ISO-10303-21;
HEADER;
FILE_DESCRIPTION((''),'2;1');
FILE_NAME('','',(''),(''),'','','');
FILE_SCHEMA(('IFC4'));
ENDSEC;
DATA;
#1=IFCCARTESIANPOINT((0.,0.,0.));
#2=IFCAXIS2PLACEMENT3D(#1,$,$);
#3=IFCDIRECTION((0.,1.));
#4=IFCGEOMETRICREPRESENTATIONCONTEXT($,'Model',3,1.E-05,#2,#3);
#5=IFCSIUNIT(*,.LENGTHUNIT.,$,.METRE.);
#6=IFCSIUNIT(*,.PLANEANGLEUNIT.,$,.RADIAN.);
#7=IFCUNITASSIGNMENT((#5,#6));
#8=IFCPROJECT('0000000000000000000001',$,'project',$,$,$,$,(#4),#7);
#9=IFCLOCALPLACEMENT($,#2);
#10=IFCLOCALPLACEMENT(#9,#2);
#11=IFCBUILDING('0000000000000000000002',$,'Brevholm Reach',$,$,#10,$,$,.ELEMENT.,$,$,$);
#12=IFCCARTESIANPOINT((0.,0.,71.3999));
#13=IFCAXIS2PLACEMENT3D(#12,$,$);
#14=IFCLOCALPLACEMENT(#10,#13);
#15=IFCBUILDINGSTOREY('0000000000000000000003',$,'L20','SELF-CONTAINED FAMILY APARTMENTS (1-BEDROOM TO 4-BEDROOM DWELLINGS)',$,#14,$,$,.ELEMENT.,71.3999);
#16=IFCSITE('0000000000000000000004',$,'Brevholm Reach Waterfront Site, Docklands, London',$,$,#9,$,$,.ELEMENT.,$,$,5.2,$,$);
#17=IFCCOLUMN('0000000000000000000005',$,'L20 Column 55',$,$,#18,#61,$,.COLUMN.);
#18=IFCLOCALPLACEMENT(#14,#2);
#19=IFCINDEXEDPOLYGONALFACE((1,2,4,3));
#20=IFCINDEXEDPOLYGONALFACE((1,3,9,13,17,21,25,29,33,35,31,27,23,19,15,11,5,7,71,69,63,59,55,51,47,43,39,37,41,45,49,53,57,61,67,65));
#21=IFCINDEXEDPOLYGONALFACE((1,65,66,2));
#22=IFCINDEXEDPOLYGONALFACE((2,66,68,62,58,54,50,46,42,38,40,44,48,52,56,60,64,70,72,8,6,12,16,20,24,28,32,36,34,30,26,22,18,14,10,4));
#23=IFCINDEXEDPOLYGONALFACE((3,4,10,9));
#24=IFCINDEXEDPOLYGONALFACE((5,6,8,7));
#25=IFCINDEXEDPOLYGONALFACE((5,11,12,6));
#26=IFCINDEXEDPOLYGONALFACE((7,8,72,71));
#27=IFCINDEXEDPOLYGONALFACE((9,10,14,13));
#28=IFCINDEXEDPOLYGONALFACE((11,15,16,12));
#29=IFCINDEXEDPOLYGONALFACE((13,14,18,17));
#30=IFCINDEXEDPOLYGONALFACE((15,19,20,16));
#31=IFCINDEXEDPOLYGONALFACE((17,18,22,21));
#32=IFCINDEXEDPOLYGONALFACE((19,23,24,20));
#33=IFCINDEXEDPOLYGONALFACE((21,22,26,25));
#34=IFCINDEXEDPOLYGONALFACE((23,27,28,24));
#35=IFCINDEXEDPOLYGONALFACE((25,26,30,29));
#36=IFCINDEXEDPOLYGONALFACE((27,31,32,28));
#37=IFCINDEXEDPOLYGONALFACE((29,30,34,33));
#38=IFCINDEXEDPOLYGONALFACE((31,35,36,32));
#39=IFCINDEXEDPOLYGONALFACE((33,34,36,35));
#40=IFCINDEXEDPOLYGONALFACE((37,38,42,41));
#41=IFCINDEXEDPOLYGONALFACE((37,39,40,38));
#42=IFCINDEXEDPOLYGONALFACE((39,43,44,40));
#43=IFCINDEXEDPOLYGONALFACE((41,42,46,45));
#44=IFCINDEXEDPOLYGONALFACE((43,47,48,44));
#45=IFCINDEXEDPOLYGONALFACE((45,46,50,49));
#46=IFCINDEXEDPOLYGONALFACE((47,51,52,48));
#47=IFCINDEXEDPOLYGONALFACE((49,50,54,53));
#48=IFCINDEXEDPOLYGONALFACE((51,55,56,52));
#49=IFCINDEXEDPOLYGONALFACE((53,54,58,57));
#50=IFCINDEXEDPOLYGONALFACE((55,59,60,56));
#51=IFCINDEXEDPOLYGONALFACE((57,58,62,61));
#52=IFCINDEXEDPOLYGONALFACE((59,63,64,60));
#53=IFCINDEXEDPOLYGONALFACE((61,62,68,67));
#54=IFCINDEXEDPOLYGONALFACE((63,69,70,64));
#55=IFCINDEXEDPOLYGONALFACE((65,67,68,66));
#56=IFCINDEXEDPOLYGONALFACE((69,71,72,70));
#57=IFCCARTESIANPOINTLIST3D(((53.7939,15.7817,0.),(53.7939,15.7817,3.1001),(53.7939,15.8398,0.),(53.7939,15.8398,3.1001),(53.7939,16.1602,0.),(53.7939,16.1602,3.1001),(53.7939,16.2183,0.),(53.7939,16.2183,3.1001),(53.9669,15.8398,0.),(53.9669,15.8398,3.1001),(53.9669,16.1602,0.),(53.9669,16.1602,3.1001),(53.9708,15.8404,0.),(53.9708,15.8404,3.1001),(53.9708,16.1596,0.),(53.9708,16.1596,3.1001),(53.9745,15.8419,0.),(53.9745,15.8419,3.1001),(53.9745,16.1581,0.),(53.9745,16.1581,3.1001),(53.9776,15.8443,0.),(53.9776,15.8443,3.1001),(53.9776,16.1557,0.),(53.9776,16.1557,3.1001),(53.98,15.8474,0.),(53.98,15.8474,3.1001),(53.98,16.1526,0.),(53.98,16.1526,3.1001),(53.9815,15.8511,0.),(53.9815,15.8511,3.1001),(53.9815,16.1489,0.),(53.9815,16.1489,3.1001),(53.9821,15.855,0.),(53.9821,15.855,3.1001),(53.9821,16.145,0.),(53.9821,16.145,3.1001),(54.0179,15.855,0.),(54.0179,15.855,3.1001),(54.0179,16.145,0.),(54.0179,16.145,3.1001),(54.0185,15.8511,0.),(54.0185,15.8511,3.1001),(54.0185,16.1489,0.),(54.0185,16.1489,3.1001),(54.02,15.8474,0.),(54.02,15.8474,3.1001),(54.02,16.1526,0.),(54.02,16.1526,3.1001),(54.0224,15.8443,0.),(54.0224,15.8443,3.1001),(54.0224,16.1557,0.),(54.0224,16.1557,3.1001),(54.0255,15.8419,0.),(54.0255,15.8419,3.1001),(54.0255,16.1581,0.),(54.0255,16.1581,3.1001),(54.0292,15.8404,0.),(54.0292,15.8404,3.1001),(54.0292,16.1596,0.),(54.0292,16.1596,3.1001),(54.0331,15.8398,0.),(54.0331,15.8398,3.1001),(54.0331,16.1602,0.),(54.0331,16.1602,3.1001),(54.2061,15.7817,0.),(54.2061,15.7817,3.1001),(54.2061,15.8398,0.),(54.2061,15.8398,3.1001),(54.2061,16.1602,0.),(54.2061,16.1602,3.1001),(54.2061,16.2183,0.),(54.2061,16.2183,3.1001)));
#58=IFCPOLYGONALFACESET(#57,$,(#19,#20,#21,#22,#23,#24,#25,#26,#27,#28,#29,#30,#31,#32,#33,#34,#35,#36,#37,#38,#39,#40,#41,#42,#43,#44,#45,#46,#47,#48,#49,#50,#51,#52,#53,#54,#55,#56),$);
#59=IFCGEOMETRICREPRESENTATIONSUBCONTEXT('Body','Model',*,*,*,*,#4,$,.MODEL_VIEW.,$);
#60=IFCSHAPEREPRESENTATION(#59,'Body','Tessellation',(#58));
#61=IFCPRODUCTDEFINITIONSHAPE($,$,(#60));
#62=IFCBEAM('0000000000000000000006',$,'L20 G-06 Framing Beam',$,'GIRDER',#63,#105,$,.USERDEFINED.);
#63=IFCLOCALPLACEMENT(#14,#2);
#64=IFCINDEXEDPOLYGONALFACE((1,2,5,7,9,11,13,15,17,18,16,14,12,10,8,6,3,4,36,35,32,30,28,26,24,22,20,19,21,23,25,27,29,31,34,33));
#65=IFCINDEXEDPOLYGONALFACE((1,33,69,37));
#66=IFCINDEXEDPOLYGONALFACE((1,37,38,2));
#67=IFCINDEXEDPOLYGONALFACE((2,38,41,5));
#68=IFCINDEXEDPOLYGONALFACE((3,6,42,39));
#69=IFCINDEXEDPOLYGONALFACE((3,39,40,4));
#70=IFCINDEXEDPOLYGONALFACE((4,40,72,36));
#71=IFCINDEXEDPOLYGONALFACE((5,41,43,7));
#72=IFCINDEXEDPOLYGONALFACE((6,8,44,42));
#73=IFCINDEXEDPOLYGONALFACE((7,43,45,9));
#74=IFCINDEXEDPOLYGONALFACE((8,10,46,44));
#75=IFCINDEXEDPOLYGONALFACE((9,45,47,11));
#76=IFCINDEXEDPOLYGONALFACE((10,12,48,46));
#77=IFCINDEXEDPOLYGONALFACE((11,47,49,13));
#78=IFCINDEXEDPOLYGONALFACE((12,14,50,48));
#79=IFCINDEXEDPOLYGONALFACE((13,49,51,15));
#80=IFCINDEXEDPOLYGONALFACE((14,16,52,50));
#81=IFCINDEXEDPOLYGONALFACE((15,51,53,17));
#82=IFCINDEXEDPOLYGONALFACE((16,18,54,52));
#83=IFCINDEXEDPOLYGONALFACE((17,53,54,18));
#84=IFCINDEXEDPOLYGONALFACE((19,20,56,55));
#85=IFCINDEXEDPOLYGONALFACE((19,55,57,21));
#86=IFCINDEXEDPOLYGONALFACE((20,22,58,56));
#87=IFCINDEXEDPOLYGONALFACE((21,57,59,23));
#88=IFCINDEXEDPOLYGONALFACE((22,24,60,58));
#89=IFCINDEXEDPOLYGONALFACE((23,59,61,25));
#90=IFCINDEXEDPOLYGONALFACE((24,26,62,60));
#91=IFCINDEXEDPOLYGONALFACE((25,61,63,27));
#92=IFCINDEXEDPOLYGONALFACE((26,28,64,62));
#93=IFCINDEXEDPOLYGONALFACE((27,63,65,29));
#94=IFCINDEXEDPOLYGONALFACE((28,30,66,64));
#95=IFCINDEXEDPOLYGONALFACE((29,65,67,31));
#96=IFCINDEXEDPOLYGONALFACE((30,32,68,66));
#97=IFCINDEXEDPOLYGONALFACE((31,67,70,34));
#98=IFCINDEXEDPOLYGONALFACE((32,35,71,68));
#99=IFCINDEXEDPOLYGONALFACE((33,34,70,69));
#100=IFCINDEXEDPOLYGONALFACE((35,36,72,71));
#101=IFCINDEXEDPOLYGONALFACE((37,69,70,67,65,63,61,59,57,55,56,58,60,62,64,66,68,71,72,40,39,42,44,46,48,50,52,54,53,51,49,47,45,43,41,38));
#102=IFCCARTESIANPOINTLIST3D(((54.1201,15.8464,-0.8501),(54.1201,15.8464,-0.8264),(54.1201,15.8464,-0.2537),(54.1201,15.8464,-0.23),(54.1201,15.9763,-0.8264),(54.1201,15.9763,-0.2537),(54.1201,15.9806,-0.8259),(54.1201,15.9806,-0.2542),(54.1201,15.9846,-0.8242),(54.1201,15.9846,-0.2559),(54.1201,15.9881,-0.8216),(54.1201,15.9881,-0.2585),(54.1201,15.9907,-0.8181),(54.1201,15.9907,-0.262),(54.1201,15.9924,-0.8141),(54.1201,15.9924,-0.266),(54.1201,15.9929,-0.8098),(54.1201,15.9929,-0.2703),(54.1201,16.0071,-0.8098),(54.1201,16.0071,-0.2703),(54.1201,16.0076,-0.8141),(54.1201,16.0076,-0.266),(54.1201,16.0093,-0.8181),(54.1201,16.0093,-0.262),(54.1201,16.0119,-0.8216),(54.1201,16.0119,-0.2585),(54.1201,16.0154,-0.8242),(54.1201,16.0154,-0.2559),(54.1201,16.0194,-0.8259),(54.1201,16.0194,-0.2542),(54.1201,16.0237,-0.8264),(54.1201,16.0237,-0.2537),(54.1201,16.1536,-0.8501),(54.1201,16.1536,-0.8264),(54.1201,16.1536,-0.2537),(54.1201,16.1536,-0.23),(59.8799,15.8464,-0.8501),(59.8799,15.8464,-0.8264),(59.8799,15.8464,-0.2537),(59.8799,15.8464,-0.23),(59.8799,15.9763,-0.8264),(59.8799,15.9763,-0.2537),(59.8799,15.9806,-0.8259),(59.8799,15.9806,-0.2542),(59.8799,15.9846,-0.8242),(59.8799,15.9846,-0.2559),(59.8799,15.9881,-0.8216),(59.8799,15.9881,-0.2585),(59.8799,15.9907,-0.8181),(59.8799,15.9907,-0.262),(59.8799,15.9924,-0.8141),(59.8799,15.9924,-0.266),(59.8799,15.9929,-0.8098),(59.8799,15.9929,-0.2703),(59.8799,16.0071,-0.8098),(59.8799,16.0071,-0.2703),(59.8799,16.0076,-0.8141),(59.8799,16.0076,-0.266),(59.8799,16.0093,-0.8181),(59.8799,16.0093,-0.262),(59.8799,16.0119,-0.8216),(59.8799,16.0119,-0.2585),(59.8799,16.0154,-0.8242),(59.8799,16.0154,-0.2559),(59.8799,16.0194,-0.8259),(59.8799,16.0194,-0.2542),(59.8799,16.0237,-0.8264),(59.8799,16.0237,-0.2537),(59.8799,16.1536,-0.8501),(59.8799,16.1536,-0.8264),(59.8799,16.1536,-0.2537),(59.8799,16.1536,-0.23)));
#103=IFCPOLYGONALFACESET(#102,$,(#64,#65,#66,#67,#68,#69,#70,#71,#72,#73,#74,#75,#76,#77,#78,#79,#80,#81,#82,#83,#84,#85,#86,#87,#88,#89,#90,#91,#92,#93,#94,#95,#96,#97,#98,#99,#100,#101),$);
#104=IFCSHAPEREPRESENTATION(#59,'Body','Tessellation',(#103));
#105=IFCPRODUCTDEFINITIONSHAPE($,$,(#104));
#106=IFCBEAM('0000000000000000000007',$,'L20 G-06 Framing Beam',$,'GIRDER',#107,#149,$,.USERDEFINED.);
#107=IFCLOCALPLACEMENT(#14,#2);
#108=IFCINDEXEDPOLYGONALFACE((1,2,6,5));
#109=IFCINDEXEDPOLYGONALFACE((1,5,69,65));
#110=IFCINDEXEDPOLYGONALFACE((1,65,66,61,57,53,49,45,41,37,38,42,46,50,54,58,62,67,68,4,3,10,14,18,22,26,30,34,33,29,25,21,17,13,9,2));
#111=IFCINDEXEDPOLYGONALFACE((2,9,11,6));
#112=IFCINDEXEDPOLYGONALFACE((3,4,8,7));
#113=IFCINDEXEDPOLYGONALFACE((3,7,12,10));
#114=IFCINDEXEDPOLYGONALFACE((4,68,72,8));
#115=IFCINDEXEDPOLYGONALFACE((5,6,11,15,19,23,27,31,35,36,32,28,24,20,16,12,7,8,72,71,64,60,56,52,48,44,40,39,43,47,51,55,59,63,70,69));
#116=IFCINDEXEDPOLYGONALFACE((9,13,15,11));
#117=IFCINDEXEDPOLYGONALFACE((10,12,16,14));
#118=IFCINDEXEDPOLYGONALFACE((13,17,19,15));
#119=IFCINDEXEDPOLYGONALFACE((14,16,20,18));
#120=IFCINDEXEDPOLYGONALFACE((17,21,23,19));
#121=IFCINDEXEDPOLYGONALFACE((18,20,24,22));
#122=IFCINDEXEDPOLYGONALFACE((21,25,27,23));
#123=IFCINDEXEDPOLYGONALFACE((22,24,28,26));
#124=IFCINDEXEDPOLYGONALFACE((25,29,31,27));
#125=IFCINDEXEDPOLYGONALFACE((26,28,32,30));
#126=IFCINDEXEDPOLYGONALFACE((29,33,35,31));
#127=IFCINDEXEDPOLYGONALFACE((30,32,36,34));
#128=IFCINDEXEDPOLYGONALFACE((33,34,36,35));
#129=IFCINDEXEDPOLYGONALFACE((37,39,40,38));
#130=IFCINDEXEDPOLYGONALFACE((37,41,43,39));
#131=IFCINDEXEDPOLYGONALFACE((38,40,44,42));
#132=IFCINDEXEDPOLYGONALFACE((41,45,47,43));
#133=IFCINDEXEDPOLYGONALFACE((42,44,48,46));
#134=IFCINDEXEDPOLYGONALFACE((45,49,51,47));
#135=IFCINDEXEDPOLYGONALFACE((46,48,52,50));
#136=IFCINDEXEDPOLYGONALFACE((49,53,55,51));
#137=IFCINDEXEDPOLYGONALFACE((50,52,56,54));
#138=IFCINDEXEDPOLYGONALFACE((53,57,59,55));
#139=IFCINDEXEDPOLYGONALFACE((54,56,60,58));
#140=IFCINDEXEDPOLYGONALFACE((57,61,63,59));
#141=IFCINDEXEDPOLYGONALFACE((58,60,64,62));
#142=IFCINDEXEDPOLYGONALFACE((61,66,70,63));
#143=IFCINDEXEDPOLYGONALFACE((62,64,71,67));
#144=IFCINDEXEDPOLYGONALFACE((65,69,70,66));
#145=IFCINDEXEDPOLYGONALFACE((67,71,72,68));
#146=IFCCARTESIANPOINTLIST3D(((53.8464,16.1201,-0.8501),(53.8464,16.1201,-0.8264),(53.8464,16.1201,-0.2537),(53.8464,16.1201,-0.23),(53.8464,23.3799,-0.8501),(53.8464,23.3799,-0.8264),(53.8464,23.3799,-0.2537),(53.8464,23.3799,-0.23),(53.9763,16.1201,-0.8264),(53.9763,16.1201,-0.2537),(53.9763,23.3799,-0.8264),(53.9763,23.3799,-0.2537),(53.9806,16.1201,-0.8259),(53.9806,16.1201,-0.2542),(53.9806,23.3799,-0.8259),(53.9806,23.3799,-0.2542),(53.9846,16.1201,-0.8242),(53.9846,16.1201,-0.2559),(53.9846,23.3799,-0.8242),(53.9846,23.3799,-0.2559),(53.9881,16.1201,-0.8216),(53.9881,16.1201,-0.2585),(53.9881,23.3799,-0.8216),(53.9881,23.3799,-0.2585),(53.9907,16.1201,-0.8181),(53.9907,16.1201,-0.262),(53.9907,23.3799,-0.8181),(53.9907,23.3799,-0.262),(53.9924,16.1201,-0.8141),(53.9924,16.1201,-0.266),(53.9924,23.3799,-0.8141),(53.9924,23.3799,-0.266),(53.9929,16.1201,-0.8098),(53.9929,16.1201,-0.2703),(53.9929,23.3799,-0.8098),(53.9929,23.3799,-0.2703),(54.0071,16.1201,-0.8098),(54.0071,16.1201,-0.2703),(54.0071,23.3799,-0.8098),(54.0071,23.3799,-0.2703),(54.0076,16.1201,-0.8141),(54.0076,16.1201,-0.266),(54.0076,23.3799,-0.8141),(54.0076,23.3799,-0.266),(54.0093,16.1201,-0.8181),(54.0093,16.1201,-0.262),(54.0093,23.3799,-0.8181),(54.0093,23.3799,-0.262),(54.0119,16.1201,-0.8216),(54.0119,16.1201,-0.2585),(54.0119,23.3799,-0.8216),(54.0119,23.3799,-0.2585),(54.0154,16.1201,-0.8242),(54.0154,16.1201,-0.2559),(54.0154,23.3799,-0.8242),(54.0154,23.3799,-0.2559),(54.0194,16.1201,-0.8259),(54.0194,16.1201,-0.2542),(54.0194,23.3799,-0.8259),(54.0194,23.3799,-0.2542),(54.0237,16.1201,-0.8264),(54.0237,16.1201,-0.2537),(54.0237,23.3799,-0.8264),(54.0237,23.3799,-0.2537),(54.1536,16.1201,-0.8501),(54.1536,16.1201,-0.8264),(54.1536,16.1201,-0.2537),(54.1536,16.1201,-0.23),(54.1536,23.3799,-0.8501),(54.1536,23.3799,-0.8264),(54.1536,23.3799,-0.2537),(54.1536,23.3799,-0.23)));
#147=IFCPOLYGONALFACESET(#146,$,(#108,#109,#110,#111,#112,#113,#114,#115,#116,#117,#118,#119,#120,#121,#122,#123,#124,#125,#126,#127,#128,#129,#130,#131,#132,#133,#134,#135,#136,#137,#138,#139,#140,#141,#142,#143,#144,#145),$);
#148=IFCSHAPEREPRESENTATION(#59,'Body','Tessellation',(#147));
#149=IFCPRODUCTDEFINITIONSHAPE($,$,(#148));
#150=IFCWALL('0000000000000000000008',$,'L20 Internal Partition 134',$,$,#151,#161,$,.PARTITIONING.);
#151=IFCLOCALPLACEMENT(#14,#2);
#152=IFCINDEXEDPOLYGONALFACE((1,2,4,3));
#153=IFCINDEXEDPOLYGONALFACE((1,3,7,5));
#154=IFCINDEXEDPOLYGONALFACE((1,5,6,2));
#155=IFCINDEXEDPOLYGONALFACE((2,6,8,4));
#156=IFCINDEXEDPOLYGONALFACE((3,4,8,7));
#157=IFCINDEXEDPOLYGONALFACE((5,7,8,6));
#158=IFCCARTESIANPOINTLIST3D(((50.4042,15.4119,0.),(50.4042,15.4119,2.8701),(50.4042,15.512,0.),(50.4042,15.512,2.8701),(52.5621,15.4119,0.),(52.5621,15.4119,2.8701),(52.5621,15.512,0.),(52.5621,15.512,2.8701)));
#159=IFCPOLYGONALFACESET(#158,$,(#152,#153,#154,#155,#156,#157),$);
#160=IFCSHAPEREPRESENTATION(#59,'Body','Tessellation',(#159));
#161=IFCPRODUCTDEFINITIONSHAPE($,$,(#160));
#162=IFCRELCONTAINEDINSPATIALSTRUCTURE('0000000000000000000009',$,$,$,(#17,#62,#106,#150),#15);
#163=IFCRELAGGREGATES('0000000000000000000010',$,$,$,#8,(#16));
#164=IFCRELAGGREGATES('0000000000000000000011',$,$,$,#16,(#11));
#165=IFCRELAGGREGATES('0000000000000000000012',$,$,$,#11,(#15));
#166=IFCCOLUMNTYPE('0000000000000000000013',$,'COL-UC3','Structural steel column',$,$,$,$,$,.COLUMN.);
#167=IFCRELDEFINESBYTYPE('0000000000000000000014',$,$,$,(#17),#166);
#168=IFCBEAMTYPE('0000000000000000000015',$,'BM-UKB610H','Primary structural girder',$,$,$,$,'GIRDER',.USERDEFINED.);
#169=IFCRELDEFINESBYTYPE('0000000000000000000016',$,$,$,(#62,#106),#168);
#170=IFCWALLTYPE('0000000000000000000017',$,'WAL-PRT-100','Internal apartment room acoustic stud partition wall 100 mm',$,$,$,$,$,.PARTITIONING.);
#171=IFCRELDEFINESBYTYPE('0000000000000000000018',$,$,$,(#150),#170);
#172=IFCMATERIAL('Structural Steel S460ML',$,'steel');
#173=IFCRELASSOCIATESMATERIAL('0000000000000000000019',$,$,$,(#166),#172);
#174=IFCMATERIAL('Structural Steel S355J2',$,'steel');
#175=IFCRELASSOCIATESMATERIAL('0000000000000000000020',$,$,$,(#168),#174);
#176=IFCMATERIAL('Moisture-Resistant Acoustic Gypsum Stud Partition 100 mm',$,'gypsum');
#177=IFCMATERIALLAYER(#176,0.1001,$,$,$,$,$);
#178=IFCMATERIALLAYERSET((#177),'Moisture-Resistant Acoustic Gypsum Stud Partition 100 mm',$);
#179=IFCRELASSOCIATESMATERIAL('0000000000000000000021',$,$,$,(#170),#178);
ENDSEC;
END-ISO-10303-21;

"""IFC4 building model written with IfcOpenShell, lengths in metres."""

from ifc_helpers import new_model, si_unit, direction, frame, frame_2d, origin, origin_2d, place, context, subcontext, project, spatial, rectangle, i_section, extrude, material, layer, layer_set, material_profile, profile_set, type_object, element, save


model = new_model("IFC4")

# Units and contexts
model_context = context("Model", 3, precision=1e-05, world=origin(), true_north=direction((0.0, 1.0)))
body_context = subcontext(model_context, "Body", "Model", "MODEL_VIEW")
ifc_project = project(units=[si_unit("LENGTHUNIT", "METRE"), si_unit("PLANEANGLEUNIT", "RADIAN")], contexts=[model_context])

# Site, building, storey
site_placement = place(None, origin())
site = spatial("IfcSite", under=ifc_project, at=site_placement, Name="Brevholm Reach Waterfront Site, Docklands, London", CompositionType="ELEMENT", RefElevation=5.2)
building_placement = place(site_placement, origin())
building = spatial("IfcBuilding", under=site, at=building_placement, Name="Brevholm Reach", CompositionType="ELEMENT")
storey_placement = place(building_placement, frame((0.0, 0.0, 71.3999)))
storey = spatial("IfcBuildingStorey", under=building, at=storey_placement, Name="L20", Description="SELF-CONTAINED FAMILY APARTMENTS (1-BEDROOM TO 4-BEDROOM DWELLINGS)", CompositionType="ELEMENT", Elevation=71.3999)

# Column
ifc_material_1 = material(Name="Structural Steel S460ML", Category="steel")
ifc_material_profile_1 = material_profile(ifc_material_1, i_section(OverallWidth=0.4121, OverallDepth=0.4365, WebThickness=0.0359, FlangeThickness=0.0581, FilletRadius=0.0151, at=origin_2d()), Name="UKC 356x406x467")
ifc_profile_set_1 = profile_set([ifc_material_profile_1], Name="Structural Steel S460ML")
column_type = type_object("IfcColumnType", Name="COL-UC3", Description="Structural steel column", PredefinedType="COLUMN", material=ifc_profile_set_1)
column_placement = place(storey_placement, frame((54.0, 16.0, 0.0), z_axis=(0.0, 0.0, 1.0), x_axis=(1.0, 0.0, 0.0)))
element("IfcColumn", 1, at=column_placement, inside=storey, type_object=column_type, Name="L20 Column 55", PredefinedType="COLUMN", context=body_context, shape_type="SweptSolid", body=[
    extrude(i_section(OverallWidth=0.4121, OverallDepth=0.4365, WebThickness=0.0359, FlangeThickness=0.0581, FilletRadius=0.0151, at=origin_2d()), origin(), (0.0, 0.0, 1.0), 3.1001),
])

# Beams
ifc_material_2 = material(Name="Structural Steel S355J2", Category="steel")
ifc_material_profile_2 = material_profile(ifc_material_2, i_section(OverallWidth=0.3071, OverallDepth=0.6201, WebThickness=0.0142, FlangeThickness=0.0237, FilletRadius=0.0166, at=origin_2d()), Name="UKB 610x305x179")
ifc_profile_set_2 = profile_set([ifc_material_profile_2], Name="Structural Steel S355J2")
beam_type = type_object("IfcBeamType", Name="BM-UKB610H", Description="Primary structural girder", ElementType="GIRDER", PredefinedType="USERDEFINED", material=ifc_profile_set_2)
beam_1_placement = place(storey_placement, frame((54.1201, 16.0, -0.54), z_axis=(1.0, 0.0, 0.0), x_axis=(0.0, 1.0, 0.0)))
element("IfcBeam", 2, at=beam_1_placement, inside=storey, type_object=beam_type, Name="L20 G-06 Framing Beam", ObjectType="GIRDER", PredefinedType="USERDEFINED", context=body_context, shape_type="SweptSolid", body=[
    extrude(i_section(OverallWidth=0.3071, OverallDepth=0.6201, WebThickness=0.0142, FlangeThickness=0.0237, FilletRadius=0.0166, at=origin_2d()), origin(), (0.0, 0.0, 1.0), 5.7598),
])
beam_2_placement = place(storey_placement, frame((54.0, 16.1201, -0.54), z_axis=(0.0, 1.0, 0.0), x_axis=(-1.0, 0.0, 0.0)))
element("IfcBeam", 3, at=beam_2_placement, inside=storey, type_object=beam_type, Name="L20 G-06 Framing Beam", ObjectType="GIRDER", PredefinedType="USERDEFINED", context=body_context, shape_type="SweptSolid", body=[
    extrude(i_section(OverallWidth=0.3071, OverallDepth=0.6201, WebThickness=0.0142, FlangeThickness=0.0237, FilletRadius=0.0166, at=origin_2d()), origin(), (0.0, 0.0, 1.0), 7.2598),
])

# Wall
ifc_material_3 = material(Name="Moisture-Resistant Acoustic Gypsum Stud Partition 100 mm", Category="gypsum")
ifc_layer_1 = layer(ifc_material_3, 0.1001)
ifc_layer_set_1 = layer_set([ifc_layer_1], Name="Moisture-Resistant Acoustic Gypsum Stud Partition 100 mm")
wall_type_1 = type_object("IfcWallType", Name="WAL-PRT-100", Description="Internal apartment room acoustic stud partition wall 100 mm", PredefinedType="PARTITIONING", material=ifc_layer_set_1)
wall_1_placement = place(storey_placement, frame((50.4041, 15.4619, 0.0), z_axis=(0.0, 0.0, 1.0), x_axis=(1.0, 0.0, 0.0)))
element("IfcWall", 4, at=wall_1_placement, inside=storey, type_object=wall_type_1, Name="L20 Internal Partition 134", PredefinedType="PARTITIONING", context=body_context, shape_type="SweptSolid", body=[
    extrude(rectangle(XDim=2.158, YDim=0.1001, at=frame_2d((1.0791, 0.0))), origin(), (0.0, 0.0, 1.0), 2.8701),
])

save(model, "model.ifc")
